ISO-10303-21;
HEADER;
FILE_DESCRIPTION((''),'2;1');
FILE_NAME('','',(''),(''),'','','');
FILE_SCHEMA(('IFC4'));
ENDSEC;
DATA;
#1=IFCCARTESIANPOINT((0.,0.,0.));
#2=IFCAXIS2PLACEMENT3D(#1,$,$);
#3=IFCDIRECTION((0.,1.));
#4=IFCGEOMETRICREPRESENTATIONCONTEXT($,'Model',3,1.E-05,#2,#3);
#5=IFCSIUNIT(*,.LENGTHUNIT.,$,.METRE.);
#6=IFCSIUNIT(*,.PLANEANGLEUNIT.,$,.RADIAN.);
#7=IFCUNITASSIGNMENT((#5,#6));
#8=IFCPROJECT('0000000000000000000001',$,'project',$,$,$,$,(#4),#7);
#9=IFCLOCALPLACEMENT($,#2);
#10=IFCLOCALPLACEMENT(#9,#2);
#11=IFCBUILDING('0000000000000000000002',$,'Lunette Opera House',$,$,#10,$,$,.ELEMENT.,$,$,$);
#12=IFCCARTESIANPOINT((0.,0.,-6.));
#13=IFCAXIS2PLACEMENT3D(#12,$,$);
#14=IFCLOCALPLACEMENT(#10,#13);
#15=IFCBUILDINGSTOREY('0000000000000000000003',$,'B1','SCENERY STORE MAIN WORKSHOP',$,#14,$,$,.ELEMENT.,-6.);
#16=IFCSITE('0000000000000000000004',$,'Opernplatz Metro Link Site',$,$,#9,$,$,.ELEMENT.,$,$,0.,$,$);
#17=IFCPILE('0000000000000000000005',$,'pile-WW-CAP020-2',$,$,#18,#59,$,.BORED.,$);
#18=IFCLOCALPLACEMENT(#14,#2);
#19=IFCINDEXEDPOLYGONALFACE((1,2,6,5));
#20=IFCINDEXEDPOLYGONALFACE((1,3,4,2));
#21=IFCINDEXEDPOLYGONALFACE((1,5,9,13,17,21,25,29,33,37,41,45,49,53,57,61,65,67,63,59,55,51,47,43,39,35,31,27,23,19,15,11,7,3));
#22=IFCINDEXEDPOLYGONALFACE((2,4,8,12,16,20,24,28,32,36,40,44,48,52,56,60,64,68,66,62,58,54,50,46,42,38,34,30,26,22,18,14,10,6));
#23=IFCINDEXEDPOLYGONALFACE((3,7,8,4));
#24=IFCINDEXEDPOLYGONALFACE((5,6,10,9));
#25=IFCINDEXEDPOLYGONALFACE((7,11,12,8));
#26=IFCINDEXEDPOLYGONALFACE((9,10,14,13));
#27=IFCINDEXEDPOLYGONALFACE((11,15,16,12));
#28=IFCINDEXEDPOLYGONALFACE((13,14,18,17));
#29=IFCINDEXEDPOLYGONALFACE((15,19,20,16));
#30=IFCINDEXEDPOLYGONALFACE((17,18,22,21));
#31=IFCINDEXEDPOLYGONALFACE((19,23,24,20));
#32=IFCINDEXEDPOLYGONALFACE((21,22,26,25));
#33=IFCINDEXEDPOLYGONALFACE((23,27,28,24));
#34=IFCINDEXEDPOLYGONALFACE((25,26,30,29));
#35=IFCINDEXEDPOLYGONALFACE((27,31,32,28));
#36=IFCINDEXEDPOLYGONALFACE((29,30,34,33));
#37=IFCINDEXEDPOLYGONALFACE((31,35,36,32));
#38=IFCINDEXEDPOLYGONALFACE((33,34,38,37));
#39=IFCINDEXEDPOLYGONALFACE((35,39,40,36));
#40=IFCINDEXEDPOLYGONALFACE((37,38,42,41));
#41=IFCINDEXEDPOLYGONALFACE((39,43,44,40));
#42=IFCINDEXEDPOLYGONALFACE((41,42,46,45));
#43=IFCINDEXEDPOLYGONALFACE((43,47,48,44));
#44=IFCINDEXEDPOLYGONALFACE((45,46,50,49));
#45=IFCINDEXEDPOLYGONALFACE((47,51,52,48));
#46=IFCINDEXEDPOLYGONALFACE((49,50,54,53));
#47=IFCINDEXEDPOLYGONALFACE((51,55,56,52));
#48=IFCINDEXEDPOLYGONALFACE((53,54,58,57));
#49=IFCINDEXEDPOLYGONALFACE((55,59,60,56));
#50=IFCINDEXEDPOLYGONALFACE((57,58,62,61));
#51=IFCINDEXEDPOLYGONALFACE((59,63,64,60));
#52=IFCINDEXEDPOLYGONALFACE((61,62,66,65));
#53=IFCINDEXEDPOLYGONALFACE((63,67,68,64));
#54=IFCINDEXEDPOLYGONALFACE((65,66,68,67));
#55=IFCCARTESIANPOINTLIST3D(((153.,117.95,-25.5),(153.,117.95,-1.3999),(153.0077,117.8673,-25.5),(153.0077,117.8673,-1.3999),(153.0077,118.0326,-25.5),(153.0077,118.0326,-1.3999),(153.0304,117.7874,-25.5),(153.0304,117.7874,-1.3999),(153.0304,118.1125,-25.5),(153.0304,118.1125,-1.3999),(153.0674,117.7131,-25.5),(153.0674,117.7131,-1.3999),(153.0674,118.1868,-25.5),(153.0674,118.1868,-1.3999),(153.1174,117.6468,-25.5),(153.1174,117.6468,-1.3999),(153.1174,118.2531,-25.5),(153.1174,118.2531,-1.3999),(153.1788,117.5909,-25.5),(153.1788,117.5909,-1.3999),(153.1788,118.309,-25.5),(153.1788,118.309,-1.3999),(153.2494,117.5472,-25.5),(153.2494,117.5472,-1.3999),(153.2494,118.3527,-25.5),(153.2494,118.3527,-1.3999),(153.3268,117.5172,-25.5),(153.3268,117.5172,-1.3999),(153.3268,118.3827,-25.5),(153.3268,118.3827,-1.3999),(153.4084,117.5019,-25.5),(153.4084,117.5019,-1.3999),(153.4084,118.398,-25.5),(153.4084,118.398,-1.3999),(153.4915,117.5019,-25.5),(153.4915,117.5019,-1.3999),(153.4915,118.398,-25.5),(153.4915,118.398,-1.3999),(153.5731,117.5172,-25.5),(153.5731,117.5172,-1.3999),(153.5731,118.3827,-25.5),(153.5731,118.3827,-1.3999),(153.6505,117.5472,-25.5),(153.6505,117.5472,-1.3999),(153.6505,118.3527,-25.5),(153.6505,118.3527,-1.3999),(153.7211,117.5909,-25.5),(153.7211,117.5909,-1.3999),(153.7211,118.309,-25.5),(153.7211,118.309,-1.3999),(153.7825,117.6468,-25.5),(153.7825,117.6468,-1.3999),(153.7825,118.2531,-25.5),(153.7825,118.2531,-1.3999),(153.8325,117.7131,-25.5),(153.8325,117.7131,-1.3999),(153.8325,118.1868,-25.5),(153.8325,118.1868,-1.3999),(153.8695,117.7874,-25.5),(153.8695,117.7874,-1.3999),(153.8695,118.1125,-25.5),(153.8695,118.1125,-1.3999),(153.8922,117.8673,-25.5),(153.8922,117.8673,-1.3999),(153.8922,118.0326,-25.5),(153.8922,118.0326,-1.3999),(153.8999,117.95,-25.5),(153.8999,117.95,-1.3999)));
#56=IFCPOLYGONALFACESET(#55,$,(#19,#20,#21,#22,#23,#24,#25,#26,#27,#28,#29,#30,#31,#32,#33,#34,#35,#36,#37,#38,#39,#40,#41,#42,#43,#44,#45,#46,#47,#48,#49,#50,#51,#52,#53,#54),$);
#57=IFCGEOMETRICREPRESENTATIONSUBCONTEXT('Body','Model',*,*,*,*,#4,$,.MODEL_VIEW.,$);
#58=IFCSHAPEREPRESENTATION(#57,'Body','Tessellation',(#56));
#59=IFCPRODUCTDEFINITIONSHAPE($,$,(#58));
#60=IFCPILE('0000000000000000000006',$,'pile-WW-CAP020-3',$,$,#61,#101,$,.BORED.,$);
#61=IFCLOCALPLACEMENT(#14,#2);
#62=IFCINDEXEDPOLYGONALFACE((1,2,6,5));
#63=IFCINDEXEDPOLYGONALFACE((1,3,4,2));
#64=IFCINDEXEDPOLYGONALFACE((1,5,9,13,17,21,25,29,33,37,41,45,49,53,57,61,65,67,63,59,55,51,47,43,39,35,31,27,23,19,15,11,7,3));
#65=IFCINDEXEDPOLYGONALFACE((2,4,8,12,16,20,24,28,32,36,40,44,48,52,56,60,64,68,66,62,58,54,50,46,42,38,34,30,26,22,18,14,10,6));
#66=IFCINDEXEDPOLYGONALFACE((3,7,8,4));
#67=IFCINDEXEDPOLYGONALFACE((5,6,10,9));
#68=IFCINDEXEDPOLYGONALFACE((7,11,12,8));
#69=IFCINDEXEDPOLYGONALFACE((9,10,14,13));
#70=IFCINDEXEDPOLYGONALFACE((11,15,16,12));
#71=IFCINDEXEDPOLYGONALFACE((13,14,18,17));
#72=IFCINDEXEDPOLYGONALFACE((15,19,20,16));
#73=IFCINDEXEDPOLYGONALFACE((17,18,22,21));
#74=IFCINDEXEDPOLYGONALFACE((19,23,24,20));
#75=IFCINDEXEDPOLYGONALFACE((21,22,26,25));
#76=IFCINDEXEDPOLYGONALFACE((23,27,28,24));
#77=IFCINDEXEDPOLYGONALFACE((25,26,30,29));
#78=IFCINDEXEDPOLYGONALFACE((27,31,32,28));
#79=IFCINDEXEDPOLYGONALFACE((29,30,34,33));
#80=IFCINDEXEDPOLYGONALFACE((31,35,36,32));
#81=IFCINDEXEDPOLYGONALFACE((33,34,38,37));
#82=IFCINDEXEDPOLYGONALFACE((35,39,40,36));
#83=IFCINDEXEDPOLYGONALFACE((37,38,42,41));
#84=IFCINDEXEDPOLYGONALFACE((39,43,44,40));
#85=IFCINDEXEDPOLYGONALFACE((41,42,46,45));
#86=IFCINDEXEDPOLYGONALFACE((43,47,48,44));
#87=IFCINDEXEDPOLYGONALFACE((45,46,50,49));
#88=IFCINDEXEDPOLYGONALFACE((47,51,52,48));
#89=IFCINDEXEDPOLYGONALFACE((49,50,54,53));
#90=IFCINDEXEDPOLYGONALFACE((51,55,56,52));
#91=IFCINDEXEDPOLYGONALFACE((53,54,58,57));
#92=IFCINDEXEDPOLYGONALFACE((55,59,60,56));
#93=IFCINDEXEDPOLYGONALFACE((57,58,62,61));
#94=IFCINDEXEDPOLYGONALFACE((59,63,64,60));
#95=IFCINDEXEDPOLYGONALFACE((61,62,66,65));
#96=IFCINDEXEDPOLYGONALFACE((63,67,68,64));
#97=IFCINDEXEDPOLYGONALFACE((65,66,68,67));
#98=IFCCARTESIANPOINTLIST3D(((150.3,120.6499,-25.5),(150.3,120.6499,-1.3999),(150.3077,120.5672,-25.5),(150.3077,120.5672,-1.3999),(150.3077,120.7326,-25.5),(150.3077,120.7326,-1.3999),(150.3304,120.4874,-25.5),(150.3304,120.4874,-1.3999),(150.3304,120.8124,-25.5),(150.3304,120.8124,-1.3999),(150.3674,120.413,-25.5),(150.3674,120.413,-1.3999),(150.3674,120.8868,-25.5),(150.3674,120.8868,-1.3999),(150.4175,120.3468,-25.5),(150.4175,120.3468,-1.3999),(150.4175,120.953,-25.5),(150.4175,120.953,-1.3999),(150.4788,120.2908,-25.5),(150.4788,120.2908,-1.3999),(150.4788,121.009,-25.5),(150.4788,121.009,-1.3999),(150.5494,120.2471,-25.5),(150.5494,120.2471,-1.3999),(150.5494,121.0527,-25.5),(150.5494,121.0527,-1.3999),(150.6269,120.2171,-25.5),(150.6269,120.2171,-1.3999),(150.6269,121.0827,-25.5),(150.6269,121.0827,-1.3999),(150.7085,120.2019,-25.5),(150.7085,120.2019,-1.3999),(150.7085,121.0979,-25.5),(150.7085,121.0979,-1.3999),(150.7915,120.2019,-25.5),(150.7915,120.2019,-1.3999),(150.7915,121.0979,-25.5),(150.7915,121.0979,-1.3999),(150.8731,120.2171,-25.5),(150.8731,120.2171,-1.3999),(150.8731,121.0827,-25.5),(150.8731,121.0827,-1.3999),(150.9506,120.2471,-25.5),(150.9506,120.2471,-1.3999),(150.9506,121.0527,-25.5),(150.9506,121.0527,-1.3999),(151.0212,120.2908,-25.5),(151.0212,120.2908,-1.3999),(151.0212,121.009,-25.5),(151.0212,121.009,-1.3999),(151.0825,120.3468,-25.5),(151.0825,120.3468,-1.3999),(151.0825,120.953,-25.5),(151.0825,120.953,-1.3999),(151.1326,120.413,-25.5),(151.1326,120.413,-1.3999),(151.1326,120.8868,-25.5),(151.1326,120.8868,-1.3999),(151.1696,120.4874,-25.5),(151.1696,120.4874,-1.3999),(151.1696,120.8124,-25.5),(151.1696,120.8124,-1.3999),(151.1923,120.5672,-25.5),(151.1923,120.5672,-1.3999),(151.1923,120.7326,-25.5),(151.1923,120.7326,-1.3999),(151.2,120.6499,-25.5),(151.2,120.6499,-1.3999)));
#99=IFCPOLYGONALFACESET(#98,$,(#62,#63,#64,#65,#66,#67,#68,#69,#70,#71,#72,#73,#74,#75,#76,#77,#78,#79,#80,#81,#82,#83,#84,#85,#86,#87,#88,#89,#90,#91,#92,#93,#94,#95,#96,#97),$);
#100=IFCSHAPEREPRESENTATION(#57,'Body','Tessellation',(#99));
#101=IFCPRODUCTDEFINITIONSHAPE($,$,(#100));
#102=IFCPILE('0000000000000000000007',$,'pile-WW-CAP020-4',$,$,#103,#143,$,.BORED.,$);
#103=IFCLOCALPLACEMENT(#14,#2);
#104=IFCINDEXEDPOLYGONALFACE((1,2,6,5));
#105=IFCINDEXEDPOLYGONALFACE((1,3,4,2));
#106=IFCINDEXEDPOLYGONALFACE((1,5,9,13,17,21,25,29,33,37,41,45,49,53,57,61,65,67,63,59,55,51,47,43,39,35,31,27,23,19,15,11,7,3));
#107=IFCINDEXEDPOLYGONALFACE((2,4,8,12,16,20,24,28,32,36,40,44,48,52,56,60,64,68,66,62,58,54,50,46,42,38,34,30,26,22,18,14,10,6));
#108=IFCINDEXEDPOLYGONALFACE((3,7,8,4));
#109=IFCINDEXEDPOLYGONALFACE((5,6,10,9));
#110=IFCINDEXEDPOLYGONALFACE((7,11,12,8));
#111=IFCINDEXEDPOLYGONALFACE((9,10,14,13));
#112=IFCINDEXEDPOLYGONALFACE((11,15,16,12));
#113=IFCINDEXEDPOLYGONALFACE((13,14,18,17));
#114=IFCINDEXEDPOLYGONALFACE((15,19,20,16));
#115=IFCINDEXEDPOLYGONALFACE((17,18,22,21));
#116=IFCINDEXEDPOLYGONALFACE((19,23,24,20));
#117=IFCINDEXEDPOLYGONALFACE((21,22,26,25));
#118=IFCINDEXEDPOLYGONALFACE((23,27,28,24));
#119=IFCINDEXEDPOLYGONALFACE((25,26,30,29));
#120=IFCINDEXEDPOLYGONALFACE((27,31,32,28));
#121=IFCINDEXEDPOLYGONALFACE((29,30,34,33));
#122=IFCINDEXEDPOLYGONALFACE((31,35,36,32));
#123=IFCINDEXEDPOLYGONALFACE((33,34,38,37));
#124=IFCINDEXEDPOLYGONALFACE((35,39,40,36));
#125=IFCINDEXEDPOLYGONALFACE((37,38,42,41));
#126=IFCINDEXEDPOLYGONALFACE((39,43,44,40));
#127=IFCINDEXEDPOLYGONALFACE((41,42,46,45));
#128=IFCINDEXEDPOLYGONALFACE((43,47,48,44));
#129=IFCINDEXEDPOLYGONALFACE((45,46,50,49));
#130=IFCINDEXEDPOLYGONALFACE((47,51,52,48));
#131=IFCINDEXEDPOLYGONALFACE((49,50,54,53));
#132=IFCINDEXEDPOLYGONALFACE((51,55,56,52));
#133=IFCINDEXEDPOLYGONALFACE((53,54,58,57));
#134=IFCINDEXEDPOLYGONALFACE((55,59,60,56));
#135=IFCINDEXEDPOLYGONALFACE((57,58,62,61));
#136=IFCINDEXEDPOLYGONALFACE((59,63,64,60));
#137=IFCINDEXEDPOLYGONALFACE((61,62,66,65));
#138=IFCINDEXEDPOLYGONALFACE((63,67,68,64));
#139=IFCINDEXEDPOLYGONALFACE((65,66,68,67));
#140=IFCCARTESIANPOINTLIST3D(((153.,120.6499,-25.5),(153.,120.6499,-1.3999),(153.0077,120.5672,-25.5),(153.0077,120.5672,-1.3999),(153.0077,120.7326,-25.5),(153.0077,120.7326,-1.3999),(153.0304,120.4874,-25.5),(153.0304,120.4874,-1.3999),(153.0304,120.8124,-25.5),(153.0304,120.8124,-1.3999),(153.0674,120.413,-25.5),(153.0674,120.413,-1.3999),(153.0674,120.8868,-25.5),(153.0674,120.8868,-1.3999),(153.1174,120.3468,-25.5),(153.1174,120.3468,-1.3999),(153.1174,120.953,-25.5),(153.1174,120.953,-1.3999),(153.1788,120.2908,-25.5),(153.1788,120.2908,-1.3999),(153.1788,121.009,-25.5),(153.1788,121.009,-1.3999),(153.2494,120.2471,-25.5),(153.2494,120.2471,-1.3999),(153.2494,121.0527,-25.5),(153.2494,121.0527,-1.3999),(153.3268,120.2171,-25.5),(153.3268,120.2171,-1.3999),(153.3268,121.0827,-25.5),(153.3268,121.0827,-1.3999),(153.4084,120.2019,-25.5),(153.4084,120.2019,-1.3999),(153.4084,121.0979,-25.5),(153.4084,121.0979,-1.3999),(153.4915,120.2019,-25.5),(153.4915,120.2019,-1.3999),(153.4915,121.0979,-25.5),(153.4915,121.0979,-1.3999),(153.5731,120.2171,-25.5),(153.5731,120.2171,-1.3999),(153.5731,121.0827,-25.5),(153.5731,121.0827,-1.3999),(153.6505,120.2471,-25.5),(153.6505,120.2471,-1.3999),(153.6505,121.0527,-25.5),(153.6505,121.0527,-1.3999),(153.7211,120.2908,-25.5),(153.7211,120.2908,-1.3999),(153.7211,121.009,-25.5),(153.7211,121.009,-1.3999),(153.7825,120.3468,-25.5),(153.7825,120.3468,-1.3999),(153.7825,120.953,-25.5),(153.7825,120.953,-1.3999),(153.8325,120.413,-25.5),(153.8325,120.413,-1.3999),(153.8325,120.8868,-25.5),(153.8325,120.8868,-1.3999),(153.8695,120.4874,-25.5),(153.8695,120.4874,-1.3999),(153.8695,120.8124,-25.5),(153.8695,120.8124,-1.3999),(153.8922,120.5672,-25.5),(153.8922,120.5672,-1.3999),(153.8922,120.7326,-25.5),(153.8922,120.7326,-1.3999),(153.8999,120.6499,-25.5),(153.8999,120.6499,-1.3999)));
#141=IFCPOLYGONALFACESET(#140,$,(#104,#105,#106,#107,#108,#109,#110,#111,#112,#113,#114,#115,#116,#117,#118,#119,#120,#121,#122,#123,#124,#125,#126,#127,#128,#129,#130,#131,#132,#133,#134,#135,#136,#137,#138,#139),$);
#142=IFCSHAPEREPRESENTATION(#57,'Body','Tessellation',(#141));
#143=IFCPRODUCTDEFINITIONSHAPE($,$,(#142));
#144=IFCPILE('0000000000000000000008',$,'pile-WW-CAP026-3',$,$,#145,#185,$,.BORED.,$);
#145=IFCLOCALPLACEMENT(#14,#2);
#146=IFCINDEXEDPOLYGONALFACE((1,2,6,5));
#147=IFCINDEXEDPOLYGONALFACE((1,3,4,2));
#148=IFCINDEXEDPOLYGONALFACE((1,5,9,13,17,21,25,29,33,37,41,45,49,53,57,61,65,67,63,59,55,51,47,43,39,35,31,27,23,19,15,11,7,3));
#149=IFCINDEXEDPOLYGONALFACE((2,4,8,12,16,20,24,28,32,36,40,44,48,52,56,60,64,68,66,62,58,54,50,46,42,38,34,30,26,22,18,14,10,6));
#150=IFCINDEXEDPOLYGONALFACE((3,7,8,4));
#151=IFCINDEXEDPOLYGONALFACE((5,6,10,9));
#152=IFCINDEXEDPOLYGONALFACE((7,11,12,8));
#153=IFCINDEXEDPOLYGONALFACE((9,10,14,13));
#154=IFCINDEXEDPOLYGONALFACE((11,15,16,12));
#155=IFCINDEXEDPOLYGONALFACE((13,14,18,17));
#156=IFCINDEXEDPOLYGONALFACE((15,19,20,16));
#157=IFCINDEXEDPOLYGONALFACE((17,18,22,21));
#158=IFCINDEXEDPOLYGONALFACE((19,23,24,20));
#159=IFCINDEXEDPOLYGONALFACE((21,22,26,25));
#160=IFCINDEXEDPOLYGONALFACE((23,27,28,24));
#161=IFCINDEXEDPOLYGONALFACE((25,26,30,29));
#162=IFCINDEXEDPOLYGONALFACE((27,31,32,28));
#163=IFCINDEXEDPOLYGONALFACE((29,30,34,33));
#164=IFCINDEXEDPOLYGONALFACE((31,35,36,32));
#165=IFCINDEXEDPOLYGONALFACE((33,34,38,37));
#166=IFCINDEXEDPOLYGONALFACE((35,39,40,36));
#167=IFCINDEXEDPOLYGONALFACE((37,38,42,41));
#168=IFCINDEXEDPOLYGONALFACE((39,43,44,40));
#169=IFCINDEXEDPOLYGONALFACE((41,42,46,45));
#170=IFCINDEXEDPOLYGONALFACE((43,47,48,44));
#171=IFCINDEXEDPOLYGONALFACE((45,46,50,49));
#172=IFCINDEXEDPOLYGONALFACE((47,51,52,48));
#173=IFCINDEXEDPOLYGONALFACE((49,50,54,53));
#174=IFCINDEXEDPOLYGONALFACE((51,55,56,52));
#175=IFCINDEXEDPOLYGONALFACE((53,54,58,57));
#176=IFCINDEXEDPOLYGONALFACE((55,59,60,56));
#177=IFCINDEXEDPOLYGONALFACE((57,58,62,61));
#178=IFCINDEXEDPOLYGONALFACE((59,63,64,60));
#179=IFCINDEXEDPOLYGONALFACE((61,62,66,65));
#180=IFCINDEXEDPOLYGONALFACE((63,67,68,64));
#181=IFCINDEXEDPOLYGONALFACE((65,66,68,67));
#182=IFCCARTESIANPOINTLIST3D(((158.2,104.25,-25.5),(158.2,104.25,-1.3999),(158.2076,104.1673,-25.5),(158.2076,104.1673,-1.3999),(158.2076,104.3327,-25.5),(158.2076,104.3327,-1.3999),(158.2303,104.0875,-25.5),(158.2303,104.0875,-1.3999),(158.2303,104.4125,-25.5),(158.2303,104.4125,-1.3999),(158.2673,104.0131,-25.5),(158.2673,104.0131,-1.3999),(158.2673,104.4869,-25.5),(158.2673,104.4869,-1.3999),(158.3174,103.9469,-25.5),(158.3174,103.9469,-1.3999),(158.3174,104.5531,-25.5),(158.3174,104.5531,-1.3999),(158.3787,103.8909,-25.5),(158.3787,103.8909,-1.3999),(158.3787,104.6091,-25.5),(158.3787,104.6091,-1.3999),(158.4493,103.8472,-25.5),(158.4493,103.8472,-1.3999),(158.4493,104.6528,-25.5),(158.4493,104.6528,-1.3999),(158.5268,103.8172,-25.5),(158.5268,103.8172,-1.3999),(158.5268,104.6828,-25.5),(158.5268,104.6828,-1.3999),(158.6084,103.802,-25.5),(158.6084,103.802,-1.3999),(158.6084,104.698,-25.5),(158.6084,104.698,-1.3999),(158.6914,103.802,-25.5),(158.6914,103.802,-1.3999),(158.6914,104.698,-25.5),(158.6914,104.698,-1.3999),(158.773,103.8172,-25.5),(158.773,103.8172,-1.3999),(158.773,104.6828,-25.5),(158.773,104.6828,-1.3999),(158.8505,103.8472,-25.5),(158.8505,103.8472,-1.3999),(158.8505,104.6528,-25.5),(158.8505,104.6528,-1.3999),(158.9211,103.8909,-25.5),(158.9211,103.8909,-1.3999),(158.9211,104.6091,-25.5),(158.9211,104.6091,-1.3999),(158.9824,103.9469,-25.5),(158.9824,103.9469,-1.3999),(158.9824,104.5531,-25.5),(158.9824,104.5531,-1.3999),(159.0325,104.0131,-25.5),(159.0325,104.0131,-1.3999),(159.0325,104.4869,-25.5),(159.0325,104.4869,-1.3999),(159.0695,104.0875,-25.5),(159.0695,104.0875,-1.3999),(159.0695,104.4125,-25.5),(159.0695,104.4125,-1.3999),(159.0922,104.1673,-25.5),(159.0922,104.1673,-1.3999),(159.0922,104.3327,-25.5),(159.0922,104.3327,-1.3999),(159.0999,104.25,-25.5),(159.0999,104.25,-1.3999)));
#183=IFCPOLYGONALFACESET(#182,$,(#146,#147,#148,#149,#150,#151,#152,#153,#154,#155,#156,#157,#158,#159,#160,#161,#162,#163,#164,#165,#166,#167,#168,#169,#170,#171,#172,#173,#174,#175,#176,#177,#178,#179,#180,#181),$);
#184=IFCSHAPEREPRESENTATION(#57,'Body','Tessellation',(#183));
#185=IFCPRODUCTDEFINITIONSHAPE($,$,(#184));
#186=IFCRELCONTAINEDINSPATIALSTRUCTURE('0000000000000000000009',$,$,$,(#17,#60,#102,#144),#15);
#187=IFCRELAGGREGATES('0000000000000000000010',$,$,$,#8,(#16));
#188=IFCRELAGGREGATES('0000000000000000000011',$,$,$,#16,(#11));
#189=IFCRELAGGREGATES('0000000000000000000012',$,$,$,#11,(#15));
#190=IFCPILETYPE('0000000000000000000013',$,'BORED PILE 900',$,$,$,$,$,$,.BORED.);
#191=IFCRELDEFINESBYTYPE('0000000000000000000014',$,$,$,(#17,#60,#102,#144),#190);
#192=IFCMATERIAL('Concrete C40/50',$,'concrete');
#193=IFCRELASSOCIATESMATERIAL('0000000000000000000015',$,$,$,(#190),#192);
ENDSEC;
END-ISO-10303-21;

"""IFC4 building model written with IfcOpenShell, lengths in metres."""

from ifc_helpers import new_model, si_unit, direction, frame, origin, origin_2d, place, context, subcontext, project, spatial, circle, extrude, material, material_profile, profile_set, type_object, element, save


model = new_model("IFC4")

# Units and contexts
model_context = context("Model", 3, precision=1e-05, world=origin(), true_north=direction((0.0, 1.0)))
body_context = subcontext(model_context, "Body", "Model", "MODEL_VIEW")
ifc_project = project(units=[si_unit("LENGTHUNIT", "METRE"), si_unit("PLANEANGLEUNIT", "RADIAN")], contexts=[model_context])

# Site, building, storey
site_placement = place(None, origin())
site = spatial("IfcSite", under=ifc_project, at=site_placement, Name="Opernplatz Metro Link Site", CompositionType="ELEMENT", RefElevation=0.0)
building_placement = place(site_placement, origin())
building = spatial("IfcBuilding", under=site, at=building_placement, Name="Lunette Opera House", CompositionType="ELEMENT")
storey_placement = place(building_placement, frame((0.0, 0.0, -6.0)))
storey = spatial("IfcBuildingStorey", under=building, at=storey_placement, Name="B1", Description="SCENERY STORE MAIN WORKSHOP", CompositionType="ELEMENT", Elevation=-6.0)

# Piles
ifc_material_1 = material(Name="Concrete C40/50", Category="concrete")
ifc_material_profile_1 = material_profile(ifc_material_1, circle(Radius=0.45, at=origin_2d()), Name="BORED PILE 900")
ifc_profile_set_1 = profile_set([ifc_material_profile_1], Name="Concrete C40/50")
pile_type = type_object("IfcPileType", Name="BORED PILE 900", PredefinedType="BORED", material=ifc_profile_set_1)
for number, where, z_axis, x_axis, name in (
    (1, (153.45, 117.95, -1.3999), (0.0, 0.0, -1.0), (1.0, 0.0, 0.0), "pile-WW-CAP020-2"),
    (2, (150.75, 120.6499, -1.3999), (0.0, 0.0, -1.0), (1.0, 0.0, 0.0), "pile-WW-CAP020-3"),
    (3, (153.45, 120.6499, -1.3999), (0.0, 0.0, -1.0), (1.0, 0.0, 0.0), "pile-WW-CAP020-4"),
    (4, (158.6499, 104.25, -1.3999), (0.0, 0.0, -1.0), (1.0, 0.0, 0.0), "pile-WW-CAP026-3"),
):
    element("IfcPile", number, at=place(storey_placement, frame(where, z_axis=z_axis, x_axis=x_axis)), inside=storey, type_object=pile_type, Name=name, PredefinedType="BORED", context=body_context, shape_type="SweptSolid", body=[
        extrude(circle(Radius=0.45, at=origin_2d()), origin(), (0.0, 0.0, 1.0), 24.1001),
    ])

save(model, "model.ifc")
